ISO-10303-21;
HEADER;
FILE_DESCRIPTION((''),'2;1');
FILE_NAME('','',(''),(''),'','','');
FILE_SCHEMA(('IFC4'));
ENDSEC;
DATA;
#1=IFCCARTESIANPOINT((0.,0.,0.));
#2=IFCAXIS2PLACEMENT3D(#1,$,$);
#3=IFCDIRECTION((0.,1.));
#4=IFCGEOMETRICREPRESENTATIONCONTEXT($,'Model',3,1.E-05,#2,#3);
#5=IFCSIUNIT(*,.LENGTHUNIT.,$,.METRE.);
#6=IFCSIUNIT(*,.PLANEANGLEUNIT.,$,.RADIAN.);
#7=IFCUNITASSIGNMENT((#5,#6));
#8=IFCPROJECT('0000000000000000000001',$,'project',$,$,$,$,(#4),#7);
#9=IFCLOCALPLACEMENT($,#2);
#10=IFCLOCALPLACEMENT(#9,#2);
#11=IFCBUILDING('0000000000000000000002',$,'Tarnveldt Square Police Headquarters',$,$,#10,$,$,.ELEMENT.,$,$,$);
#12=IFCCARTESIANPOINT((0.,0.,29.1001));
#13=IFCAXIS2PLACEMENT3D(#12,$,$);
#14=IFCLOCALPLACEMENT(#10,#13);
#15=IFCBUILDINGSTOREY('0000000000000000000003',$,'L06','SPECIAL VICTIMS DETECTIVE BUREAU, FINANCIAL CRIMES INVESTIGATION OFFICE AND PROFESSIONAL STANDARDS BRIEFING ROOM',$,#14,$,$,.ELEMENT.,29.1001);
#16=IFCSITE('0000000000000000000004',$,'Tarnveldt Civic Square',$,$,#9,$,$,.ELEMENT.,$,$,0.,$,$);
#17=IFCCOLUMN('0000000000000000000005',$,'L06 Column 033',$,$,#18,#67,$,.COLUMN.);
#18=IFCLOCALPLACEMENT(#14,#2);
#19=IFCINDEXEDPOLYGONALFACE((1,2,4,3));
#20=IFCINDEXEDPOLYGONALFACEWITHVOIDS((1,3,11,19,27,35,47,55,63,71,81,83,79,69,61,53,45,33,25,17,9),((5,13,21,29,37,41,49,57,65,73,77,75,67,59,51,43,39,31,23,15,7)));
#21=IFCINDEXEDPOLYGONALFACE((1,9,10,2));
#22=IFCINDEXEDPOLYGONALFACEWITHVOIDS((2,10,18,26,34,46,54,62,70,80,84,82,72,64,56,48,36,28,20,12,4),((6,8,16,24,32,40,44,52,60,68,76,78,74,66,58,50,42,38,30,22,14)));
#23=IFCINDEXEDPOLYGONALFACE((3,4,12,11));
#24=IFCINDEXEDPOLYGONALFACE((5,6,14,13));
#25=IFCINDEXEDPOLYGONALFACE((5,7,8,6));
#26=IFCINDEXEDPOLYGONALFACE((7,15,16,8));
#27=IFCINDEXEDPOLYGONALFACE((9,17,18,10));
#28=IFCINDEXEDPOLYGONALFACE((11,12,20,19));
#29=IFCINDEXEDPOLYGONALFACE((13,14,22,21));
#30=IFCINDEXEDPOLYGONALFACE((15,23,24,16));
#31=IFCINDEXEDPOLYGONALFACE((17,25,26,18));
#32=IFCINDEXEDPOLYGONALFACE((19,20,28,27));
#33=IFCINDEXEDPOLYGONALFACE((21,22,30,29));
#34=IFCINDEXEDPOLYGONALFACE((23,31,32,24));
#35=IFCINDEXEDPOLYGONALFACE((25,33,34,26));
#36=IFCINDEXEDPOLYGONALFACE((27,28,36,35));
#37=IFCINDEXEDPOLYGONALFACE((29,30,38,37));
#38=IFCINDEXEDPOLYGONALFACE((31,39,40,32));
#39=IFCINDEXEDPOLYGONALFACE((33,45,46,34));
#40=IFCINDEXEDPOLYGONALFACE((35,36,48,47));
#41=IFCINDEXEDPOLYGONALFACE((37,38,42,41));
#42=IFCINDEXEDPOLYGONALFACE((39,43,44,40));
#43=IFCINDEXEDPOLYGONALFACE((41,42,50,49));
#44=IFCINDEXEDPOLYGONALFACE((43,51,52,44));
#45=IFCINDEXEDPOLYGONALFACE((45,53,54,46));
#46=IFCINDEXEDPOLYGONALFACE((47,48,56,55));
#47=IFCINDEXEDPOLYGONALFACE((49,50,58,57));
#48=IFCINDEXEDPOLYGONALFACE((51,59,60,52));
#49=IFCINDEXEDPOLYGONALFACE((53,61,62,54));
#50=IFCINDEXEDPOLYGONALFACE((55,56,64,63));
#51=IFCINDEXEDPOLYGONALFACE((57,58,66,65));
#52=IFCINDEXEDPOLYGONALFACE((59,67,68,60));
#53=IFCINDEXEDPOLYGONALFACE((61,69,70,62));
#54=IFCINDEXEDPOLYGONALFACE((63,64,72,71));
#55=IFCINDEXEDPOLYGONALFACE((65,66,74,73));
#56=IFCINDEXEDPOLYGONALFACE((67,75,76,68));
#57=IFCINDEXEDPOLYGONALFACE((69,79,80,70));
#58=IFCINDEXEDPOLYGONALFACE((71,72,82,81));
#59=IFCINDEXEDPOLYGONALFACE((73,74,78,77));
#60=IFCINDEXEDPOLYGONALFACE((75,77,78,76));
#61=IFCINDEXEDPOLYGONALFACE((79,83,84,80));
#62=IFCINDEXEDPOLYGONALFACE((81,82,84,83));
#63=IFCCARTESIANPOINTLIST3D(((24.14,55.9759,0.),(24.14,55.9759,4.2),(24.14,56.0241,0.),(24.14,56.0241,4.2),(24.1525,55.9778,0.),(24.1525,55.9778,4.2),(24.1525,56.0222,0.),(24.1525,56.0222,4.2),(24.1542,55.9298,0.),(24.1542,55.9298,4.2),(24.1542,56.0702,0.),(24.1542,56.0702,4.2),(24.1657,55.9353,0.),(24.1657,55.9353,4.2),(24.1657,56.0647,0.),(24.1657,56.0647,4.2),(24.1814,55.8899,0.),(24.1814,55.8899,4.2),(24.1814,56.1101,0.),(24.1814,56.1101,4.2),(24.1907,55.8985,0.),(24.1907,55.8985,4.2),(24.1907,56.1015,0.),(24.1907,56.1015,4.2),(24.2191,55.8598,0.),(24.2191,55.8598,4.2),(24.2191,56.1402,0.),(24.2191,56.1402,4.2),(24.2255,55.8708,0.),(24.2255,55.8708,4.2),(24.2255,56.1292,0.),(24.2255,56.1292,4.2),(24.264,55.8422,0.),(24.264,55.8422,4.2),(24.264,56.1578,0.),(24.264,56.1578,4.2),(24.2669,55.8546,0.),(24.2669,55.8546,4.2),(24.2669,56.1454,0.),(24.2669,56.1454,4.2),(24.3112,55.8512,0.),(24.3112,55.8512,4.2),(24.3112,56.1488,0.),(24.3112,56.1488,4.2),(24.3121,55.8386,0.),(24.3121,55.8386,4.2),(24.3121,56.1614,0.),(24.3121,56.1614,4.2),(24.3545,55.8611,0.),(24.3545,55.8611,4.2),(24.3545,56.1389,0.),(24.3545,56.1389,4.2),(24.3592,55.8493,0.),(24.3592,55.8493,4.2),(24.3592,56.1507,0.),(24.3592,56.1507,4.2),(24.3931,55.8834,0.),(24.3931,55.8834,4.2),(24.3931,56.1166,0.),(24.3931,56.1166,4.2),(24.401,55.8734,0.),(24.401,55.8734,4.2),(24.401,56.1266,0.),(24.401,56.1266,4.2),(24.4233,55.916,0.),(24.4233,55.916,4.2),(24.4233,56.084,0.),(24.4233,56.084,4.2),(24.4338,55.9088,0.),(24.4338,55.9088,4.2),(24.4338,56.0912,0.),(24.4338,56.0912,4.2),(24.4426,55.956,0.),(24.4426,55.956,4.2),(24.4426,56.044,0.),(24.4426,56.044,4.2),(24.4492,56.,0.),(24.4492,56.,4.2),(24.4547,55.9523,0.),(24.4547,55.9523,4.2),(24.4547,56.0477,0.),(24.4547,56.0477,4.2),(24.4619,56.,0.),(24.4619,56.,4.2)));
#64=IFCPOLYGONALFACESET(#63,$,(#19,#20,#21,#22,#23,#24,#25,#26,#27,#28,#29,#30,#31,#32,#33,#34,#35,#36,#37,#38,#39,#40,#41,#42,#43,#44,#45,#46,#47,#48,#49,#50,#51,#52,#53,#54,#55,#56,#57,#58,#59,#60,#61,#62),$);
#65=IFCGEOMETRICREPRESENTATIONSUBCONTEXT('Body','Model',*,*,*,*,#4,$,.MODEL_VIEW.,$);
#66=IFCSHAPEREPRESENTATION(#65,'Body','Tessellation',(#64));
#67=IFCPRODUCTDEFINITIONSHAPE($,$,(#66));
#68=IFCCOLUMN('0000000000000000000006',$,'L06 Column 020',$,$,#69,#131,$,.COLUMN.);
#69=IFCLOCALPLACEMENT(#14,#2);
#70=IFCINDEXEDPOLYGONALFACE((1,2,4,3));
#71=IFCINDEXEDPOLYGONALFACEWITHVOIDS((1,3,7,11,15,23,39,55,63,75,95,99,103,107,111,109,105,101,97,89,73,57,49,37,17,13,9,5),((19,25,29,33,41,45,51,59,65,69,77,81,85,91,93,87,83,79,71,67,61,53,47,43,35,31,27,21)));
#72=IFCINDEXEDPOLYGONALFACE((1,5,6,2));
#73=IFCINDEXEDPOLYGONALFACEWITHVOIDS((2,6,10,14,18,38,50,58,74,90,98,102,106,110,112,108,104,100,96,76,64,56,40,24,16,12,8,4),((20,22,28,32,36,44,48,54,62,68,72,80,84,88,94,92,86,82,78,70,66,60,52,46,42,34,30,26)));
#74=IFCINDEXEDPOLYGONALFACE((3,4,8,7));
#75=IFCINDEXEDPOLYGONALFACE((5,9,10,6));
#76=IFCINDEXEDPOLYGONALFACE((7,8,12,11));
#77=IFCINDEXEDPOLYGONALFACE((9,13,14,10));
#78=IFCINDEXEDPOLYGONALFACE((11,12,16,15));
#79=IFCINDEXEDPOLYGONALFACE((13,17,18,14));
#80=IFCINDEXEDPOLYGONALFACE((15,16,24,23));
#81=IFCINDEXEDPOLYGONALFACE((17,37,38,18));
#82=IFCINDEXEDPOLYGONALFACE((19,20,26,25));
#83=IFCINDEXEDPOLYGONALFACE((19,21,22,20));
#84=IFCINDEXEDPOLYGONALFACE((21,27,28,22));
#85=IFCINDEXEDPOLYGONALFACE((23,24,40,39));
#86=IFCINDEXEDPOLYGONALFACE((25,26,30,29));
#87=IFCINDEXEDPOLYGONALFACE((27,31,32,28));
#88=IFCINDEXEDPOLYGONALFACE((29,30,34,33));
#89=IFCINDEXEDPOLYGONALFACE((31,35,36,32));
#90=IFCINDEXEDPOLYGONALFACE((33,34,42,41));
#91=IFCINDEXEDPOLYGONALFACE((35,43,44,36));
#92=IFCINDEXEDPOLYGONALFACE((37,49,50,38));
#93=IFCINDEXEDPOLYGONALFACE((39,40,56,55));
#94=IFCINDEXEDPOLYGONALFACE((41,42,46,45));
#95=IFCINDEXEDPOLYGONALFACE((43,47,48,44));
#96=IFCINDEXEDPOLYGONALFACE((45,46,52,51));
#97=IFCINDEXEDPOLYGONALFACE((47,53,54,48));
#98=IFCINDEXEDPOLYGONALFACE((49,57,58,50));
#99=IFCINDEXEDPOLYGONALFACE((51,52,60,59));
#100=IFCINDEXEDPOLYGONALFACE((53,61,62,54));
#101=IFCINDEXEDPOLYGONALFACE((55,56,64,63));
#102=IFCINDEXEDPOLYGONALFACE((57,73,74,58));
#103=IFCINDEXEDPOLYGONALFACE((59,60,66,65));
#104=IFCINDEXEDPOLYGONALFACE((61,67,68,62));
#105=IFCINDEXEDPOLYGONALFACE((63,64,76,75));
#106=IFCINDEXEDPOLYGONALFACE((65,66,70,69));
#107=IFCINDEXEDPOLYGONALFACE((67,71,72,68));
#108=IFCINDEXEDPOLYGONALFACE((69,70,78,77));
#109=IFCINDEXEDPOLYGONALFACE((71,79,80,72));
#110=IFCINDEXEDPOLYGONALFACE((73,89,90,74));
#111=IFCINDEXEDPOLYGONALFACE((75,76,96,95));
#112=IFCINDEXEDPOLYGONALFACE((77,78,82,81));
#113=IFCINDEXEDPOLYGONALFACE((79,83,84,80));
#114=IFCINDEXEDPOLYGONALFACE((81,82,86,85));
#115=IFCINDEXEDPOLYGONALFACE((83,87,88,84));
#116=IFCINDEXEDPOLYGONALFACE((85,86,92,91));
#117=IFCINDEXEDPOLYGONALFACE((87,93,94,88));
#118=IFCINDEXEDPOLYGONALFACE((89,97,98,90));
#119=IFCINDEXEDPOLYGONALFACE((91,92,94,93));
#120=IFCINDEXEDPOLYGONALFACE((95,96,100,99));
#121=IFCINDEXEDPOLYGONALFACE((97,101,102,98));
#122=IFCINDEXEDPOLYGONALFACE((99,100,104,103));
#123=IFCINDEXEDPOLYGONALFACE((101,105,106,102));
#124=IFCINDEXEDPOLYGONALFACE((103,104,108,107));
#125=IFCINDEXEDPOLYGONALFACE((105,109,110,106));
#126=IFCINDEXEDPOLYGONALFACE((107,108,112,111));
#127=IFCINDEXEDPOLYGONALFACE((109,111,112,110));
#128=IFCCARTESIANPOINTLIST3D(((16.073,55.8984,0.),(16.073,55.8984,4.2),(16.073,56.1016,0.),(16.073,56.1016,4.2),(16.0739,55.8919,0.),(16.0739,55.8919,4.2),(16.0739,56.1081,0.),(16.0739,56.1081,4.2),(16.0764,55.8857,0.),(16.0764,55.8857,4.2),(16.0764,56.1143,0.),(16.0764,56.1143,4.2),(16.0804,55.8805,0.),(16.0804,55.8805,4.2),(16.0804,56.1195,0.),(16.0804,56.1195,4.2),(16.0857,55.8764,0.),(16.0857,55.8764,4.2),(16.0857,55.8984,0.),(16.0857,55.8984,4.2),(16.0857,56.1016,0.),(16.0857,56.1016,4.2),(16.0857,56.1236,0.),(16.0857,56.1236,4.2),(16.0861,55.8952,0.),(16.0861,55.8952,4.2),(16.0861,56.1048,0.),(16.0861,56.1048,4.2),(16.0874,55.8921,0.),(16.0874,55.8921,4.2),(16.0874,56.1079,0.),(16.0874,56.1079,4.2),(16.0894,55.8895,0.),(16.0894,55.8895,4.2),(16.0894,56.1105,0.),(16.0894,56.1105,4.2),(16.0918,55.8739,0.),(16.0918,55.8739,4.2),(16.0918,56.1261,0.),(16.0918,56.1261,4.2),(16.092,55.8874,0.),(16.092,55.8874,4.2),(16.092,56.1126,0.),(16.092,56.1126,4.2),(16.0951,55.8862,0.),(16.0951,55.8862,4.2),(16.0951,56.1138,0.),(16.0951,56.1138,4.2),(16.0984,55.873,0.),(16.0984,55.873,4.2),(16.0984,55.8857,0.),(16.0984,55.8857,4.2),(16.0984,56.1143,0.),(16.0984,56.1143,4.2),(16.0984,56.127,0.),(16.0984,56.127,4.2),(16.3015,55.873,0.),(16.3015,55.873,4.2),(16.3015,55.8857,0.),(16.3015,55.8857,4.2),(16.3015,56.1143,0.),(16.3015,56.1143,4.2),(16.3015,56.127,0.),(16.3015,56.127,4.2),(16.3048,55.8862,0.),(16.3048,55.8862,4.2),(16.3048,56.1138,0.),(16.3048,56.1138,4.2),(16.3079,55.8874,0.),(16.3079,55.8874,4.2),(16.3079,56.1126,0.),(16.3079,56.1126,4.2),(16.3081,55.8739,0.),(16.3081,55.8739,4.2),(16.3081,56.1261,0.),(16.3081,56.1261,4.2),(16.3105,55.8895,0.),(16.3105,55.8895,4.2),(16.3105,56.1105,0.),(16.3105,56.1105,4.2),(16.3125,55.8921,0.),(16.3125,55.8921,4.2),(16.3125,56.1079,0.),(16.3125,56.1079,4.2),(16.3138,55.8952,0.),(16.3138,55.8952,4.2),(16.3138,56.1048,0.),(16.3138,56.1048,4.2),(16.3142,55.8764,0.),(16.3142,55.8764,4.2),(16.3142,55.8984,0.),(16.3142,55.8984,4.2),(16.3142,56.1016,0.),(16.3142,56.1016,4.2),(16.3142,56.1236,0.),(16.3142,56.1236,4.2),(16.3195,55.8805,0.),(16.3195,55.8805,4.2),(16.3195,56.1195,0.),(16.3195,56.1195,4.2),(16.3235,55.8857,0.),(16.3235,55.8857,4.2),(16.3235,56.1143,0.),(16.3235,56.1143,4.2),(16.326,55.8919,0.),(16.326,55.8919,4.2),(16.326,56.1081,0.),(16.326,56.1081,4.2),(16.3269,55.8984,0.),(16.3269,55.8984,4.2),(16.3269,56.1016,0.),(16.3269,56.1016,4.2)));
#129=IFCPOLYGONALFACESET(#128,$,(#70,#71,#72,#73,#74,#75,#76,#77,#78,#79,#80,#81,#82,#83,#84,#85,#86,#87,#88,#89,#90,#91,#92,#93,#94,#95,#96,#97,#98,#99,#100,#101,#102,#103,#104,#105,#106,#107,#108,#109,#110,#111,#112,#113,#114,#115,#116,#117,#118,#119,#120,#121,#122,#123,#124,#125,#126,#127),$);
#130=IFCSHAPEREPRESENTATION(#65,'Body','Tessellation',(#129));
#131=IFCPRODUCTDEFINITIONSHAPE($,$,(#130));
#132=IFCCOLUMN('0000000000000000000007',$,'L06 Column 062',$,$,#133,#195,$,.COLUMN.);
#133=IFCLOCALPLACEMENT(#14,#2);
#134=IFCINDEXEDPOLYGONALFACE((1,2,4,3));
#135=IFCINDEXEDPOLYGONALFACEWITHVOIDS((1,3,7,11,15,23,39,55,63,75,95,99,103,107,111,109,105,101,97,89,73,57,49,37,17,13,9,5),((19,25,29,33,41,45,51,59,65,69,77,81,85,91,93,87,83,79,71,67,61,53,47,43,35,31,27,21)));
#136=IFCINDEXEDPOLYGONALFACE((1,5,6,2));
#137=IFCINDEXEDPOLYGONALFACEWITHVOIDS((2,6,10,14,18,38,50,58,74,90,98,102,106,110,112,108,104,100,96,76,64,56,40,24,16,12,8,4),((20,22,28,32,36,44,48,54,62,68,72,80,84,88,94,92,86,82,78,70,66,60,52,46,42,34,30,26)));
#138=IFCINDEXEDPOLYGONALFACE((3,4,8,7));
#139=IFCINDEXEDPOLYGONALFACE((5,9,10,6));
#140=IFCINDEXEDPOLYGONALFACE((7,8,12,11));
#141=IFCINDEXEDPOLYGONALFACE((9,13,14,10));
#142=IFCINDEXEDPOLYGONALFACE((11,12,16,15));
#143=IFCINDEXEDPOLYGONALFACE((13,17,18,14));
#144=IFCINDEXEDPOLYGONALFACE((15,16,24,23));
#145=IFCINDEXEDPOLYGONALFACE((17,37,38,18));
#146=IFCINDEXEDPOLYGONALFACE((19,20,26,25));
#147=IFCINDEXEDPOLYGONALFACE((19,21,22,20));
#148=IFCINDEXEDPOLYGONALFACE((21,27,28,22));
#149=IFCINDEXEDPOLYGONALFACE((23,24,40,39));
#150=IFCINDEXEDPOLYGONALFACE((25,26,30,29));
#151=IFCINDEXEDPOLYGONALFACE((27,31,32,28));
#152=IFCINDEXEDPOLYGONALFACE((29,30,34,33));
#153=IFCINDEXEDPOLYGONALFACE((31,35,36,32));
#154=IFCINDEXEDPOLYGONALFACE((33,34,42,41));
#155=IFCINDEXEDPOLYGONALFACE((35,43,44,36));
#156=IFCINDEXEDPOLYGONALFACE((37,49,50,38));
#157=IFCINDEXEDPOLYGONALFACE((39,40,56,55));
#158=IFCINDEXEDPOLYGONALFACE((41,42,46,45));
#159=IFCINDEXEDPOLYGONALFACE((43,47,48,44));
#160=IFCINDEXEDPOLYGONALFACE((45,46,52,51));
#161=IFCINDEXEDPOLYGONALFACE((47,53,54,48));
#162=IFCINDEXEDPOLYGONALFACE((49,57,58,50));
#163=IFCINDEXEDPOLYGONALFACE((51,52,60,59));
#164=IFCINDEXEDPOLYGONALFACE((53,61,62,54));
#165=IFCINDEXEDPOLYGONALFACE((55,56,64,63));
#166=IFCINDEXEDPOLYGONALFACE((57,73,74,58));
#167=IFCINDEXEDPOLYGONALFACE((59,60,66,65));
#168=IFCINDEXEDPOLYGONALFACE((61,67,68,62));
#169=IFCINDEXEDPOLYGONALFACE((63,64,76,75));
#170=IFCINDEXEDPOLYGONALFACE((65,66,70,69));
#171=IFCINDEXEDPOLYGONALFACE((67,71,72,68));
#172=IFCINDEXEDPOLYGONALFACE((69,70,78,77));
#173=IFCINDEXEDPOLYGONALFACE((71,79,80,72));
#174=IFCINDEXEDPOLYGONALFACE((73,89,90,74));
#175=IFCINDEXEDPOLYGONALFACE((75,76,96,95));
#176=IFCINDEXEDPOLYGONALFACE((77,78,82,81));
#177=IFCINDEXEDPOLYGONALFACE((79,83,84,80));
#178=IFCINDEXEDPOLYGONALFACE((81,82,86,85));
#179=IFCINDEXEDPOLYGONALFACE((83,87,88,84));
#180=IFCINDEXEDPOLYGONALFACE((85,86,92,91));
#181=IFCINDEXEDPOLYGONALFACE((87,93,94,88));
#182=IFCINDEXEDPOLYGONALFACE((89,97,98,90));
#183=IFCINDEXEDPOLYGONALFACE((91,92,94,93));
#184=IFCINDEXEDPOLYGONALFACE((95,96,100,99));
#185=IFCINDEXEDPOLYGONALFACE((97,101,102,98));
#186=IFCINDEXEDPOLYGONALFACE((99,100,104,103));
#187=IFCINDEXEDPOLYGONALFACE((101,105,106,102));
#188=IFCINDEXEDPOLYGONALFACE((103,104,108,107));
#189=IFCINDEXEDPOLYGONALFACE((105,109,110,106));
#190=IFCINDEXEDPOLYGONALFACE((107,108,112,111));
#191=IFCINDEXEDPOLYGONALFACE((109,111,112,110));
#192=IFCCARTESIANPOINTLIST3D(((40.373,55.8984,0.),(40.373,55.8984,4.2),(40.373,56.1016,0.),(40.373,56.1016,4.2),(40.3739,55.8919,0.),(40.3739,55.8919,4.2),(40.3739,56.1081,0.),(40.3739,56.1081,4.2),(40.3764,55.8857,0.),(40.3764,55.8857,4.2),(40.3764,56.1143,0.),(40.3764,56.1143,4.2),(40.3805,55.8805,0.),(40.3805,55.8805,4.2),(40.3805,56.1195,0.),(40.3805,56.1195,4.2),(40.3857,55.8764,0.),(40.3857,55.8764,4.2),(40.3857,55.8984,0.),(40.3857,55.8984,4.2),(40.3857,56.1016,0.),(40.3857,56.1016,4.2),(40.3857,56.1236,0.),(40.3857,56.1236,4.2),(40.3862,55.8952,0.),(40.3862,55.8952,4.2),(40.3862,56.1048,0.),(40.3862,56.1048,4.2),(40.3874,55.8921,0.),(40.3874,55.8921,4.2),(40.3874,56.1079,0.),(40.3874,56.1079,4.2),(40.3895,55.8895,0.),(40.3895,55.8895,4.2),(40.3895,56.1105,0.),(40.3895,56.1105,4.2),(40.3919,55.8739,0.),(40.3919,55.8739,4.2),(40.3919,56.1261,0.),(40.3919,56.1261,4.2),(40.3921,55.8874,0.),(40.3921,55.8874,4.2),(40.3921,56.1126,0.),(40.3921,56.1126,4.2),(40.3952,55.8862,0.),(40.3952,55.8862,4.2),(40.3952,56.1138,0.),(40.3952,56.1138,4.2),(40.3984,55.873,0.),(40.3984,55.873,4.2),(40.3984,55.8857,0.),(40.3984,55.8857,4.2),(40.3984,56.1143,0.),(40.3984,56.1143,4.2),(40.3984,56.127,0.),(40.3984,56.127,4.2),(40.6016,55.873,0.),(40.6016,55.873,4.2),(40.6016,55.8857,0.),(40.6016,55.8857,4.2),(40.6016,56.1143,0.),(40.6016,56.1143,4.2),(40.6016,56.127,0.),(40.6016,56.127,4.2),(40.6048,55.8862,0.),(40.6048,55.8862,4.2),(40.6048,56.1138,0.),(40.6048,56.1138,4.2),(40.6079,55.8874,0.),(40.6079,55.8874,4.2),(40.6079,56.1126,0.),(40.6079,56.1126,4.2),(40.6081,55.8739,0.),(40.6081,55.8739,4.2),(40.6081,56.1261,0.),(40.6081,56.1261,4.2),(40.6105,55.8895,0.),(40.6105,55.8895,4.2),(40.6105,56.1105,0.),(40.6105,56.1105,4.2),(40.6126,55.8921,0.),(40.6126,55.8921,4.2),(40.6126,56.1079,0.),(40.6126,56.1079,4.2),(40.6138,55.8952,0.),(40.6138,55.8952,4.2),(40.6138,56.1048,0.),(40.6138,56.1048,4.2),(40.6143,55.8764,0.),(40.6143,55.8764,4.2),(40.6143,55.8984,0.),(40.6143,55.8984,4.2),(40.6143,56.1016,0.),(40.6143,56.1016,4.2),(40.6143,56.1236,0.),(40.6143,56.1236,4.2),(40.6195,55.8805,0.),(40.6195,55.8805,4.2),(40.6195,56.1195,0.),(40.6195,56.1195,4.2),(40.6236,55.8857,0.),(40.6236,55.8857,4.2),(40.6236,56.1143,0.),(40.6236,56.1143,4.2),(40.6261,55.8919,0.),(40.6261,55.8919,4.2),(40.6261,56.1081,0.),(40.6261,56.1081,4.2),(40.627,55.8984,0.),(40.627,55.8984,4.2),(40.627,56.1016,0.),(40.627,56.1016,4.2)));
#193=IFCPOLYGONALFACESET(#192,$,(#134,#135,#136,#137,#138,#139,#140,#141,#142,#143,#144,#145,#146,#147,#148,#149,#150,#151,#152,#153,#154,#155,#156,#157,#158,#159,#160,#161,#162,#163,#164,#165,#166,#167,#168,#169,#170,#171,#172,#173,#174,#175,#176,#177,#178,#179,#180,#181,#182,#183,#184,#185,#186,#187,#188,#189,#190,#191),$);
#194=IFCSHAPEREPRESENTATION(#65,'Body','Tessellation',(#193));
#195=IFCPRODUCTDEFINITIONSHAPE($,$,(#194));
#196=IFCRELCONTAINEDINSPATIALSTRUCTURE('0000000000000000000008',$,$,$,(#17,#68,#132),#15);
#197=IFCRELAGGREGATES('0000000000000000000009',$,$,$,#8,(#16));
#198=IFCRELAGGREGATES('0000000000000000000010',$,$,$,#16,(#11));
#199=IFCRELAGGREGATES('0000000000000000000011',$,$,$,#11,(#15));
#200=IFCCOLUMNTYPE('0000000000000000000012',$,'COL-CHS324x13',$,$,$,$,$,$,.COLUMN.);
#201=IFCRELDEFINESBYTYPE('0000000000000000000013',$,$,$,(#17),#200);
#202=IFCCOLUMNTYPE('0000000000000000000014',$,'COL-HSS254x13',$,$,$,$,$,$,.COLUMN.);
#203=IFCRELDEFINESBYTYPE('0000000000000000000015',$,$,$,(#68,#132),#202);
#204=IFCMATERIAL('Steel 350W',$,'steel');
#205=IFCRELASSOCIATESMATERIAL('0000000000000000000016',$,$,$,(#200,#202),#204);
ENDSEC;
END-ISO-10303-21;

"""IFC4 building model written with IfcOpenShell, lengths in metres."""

from ifc_helpers import new_model, si_unit, direction, frame, origin, origin_2d, place, context, subcontext, project, spatial, hollow_rectangle, hollow_circle, extrude, material, material_profile, profile_set, type_object, element, save


model = new_model("IFC4")

# Units and contexts
model_context = context("Model", 3, precision=1e-05, world=origin(), true_north=direction((0.0, 1.0)))
body_context = subcontext(model_context, "Body", "Model", "MODEL_VIEW")
ifc_project = project(units=[si_unit("LENGTHUNIT", "METRE"), si_unit("PLANEANGLEUNIT", "RADIAN")], contexts=[model_context])

# Site, building, storey
site_placement = place(None, origin())
site = spatial("IfcSite", under=ifc_project, at=site_placement, Name="Tarnveldt Civic Square", CompositionType="ELEMENT", RefElevation=0.0)
building_placement = place(site_placement, origin())
building = spatial("IfcBuilding", under=site, at=building_placement, Name="Tarnveldt Square Police Headquarters", CompositionType="ELEMENT")
storey_placement = place(building_placement, frame((0.0, 0.0, 29.1001)))
storey = spatial("IfcBuildingStorey", under=building, at=storey_placement, Name="L06", Description="SPECIAL VICTIMS DETECTIVE BUREAU, FINANCIAL CRIMES INVESTIGATION OFFICE AND PROFESSIONAL STANDARDS BRIEFING ROOM", CompositionType="ELEMENT", Elevation=29.1001)

# Columns
ifc_material_1 = material(Name="Steel 350W", Category="steel")
ifc_material_profile_1 = material_profile(ifc_material_1, hollow_circle(Radius=0.1619, WallThickness=0.0127, at=origin_2d()), Name="HSS324x13")
ifc_profile_set_1 = profile_set([ifc_material_profile_1], Name="Steel 350W")
column_type_1 = type_object("IfcColumnType", Name="COL-CHS324x13", PredefinedType="COLUMN", material=ifc_profile_set_1)
column_1_placement = place(storey_placement, frame((24.3, 56.0, 0.0), z_axis=(0.0, 0.0, 1.0), x_axis=(1.0, 0.0, 0.0)))
element("IfcColumn", 1, at=column_1_placement, inside=storey, type_object=column_type_1, Name="L06 Column 033", PredefinedType="COLUMN", context=body_context, shape_type="SweptSolid", body=[
    extrude(hollow_circle(Radius=0.1619, WallThickness=0.0127, at=origin_2d()), origin(), (0.0, 0.0, 1.0), 4.2),
])
ifc_material_profile_2 = material_profile(ifc_material_1, hollow_rectangle(XDim=0.2539, YDim=0.2539, WallThickness=0.0127, InnerFilletRadius=0.0127, OuterFilletRadius=0.0254, at=origin_2d()), Name="HSS254x254x13")
ifc_profile_set_2 = profile_set([ifc_material_profile_2], Name="Steel 350W")
column_type_2 = type_object("IfcColumnType", Name="COL-HSS254x13", PredefinedType="COLUMN", material=ifc_profile_set_2)
for number, where, z_axis, x_axis, name in (
    (2, (16.2, 56.0, 0.0), (0.0, 0.0, 1.0), (1.0, 0.0, 0.0), "L06 Column 020"),
    (3, (40.5, 56.0, 0.0), (0.0, 0.0, 1.0), (1.0, 0.0, 0.0), "L06 Column 062"),
):
    element("IfcColumn", number, at=place(storey_placement, frame(where, z_axis=z_axis, x_axis=x_axis)), inside=storey, type_object=column_type_2, Name=name, PredefinedType="COLUMN", context=body_context, shape_type="SweptSolid", body=[
        extrude(hollow_rectangle(XDim=0.2539, YDim=0.2539, WallThickness=0.0127, InnerFilletRadius=0.0127, OuterFilletRadius=0.0254, at=origin_2d()), origin(), (0.0, 0.0, 1.0), 4.2),
    ])

save(model, "model.ifc")
